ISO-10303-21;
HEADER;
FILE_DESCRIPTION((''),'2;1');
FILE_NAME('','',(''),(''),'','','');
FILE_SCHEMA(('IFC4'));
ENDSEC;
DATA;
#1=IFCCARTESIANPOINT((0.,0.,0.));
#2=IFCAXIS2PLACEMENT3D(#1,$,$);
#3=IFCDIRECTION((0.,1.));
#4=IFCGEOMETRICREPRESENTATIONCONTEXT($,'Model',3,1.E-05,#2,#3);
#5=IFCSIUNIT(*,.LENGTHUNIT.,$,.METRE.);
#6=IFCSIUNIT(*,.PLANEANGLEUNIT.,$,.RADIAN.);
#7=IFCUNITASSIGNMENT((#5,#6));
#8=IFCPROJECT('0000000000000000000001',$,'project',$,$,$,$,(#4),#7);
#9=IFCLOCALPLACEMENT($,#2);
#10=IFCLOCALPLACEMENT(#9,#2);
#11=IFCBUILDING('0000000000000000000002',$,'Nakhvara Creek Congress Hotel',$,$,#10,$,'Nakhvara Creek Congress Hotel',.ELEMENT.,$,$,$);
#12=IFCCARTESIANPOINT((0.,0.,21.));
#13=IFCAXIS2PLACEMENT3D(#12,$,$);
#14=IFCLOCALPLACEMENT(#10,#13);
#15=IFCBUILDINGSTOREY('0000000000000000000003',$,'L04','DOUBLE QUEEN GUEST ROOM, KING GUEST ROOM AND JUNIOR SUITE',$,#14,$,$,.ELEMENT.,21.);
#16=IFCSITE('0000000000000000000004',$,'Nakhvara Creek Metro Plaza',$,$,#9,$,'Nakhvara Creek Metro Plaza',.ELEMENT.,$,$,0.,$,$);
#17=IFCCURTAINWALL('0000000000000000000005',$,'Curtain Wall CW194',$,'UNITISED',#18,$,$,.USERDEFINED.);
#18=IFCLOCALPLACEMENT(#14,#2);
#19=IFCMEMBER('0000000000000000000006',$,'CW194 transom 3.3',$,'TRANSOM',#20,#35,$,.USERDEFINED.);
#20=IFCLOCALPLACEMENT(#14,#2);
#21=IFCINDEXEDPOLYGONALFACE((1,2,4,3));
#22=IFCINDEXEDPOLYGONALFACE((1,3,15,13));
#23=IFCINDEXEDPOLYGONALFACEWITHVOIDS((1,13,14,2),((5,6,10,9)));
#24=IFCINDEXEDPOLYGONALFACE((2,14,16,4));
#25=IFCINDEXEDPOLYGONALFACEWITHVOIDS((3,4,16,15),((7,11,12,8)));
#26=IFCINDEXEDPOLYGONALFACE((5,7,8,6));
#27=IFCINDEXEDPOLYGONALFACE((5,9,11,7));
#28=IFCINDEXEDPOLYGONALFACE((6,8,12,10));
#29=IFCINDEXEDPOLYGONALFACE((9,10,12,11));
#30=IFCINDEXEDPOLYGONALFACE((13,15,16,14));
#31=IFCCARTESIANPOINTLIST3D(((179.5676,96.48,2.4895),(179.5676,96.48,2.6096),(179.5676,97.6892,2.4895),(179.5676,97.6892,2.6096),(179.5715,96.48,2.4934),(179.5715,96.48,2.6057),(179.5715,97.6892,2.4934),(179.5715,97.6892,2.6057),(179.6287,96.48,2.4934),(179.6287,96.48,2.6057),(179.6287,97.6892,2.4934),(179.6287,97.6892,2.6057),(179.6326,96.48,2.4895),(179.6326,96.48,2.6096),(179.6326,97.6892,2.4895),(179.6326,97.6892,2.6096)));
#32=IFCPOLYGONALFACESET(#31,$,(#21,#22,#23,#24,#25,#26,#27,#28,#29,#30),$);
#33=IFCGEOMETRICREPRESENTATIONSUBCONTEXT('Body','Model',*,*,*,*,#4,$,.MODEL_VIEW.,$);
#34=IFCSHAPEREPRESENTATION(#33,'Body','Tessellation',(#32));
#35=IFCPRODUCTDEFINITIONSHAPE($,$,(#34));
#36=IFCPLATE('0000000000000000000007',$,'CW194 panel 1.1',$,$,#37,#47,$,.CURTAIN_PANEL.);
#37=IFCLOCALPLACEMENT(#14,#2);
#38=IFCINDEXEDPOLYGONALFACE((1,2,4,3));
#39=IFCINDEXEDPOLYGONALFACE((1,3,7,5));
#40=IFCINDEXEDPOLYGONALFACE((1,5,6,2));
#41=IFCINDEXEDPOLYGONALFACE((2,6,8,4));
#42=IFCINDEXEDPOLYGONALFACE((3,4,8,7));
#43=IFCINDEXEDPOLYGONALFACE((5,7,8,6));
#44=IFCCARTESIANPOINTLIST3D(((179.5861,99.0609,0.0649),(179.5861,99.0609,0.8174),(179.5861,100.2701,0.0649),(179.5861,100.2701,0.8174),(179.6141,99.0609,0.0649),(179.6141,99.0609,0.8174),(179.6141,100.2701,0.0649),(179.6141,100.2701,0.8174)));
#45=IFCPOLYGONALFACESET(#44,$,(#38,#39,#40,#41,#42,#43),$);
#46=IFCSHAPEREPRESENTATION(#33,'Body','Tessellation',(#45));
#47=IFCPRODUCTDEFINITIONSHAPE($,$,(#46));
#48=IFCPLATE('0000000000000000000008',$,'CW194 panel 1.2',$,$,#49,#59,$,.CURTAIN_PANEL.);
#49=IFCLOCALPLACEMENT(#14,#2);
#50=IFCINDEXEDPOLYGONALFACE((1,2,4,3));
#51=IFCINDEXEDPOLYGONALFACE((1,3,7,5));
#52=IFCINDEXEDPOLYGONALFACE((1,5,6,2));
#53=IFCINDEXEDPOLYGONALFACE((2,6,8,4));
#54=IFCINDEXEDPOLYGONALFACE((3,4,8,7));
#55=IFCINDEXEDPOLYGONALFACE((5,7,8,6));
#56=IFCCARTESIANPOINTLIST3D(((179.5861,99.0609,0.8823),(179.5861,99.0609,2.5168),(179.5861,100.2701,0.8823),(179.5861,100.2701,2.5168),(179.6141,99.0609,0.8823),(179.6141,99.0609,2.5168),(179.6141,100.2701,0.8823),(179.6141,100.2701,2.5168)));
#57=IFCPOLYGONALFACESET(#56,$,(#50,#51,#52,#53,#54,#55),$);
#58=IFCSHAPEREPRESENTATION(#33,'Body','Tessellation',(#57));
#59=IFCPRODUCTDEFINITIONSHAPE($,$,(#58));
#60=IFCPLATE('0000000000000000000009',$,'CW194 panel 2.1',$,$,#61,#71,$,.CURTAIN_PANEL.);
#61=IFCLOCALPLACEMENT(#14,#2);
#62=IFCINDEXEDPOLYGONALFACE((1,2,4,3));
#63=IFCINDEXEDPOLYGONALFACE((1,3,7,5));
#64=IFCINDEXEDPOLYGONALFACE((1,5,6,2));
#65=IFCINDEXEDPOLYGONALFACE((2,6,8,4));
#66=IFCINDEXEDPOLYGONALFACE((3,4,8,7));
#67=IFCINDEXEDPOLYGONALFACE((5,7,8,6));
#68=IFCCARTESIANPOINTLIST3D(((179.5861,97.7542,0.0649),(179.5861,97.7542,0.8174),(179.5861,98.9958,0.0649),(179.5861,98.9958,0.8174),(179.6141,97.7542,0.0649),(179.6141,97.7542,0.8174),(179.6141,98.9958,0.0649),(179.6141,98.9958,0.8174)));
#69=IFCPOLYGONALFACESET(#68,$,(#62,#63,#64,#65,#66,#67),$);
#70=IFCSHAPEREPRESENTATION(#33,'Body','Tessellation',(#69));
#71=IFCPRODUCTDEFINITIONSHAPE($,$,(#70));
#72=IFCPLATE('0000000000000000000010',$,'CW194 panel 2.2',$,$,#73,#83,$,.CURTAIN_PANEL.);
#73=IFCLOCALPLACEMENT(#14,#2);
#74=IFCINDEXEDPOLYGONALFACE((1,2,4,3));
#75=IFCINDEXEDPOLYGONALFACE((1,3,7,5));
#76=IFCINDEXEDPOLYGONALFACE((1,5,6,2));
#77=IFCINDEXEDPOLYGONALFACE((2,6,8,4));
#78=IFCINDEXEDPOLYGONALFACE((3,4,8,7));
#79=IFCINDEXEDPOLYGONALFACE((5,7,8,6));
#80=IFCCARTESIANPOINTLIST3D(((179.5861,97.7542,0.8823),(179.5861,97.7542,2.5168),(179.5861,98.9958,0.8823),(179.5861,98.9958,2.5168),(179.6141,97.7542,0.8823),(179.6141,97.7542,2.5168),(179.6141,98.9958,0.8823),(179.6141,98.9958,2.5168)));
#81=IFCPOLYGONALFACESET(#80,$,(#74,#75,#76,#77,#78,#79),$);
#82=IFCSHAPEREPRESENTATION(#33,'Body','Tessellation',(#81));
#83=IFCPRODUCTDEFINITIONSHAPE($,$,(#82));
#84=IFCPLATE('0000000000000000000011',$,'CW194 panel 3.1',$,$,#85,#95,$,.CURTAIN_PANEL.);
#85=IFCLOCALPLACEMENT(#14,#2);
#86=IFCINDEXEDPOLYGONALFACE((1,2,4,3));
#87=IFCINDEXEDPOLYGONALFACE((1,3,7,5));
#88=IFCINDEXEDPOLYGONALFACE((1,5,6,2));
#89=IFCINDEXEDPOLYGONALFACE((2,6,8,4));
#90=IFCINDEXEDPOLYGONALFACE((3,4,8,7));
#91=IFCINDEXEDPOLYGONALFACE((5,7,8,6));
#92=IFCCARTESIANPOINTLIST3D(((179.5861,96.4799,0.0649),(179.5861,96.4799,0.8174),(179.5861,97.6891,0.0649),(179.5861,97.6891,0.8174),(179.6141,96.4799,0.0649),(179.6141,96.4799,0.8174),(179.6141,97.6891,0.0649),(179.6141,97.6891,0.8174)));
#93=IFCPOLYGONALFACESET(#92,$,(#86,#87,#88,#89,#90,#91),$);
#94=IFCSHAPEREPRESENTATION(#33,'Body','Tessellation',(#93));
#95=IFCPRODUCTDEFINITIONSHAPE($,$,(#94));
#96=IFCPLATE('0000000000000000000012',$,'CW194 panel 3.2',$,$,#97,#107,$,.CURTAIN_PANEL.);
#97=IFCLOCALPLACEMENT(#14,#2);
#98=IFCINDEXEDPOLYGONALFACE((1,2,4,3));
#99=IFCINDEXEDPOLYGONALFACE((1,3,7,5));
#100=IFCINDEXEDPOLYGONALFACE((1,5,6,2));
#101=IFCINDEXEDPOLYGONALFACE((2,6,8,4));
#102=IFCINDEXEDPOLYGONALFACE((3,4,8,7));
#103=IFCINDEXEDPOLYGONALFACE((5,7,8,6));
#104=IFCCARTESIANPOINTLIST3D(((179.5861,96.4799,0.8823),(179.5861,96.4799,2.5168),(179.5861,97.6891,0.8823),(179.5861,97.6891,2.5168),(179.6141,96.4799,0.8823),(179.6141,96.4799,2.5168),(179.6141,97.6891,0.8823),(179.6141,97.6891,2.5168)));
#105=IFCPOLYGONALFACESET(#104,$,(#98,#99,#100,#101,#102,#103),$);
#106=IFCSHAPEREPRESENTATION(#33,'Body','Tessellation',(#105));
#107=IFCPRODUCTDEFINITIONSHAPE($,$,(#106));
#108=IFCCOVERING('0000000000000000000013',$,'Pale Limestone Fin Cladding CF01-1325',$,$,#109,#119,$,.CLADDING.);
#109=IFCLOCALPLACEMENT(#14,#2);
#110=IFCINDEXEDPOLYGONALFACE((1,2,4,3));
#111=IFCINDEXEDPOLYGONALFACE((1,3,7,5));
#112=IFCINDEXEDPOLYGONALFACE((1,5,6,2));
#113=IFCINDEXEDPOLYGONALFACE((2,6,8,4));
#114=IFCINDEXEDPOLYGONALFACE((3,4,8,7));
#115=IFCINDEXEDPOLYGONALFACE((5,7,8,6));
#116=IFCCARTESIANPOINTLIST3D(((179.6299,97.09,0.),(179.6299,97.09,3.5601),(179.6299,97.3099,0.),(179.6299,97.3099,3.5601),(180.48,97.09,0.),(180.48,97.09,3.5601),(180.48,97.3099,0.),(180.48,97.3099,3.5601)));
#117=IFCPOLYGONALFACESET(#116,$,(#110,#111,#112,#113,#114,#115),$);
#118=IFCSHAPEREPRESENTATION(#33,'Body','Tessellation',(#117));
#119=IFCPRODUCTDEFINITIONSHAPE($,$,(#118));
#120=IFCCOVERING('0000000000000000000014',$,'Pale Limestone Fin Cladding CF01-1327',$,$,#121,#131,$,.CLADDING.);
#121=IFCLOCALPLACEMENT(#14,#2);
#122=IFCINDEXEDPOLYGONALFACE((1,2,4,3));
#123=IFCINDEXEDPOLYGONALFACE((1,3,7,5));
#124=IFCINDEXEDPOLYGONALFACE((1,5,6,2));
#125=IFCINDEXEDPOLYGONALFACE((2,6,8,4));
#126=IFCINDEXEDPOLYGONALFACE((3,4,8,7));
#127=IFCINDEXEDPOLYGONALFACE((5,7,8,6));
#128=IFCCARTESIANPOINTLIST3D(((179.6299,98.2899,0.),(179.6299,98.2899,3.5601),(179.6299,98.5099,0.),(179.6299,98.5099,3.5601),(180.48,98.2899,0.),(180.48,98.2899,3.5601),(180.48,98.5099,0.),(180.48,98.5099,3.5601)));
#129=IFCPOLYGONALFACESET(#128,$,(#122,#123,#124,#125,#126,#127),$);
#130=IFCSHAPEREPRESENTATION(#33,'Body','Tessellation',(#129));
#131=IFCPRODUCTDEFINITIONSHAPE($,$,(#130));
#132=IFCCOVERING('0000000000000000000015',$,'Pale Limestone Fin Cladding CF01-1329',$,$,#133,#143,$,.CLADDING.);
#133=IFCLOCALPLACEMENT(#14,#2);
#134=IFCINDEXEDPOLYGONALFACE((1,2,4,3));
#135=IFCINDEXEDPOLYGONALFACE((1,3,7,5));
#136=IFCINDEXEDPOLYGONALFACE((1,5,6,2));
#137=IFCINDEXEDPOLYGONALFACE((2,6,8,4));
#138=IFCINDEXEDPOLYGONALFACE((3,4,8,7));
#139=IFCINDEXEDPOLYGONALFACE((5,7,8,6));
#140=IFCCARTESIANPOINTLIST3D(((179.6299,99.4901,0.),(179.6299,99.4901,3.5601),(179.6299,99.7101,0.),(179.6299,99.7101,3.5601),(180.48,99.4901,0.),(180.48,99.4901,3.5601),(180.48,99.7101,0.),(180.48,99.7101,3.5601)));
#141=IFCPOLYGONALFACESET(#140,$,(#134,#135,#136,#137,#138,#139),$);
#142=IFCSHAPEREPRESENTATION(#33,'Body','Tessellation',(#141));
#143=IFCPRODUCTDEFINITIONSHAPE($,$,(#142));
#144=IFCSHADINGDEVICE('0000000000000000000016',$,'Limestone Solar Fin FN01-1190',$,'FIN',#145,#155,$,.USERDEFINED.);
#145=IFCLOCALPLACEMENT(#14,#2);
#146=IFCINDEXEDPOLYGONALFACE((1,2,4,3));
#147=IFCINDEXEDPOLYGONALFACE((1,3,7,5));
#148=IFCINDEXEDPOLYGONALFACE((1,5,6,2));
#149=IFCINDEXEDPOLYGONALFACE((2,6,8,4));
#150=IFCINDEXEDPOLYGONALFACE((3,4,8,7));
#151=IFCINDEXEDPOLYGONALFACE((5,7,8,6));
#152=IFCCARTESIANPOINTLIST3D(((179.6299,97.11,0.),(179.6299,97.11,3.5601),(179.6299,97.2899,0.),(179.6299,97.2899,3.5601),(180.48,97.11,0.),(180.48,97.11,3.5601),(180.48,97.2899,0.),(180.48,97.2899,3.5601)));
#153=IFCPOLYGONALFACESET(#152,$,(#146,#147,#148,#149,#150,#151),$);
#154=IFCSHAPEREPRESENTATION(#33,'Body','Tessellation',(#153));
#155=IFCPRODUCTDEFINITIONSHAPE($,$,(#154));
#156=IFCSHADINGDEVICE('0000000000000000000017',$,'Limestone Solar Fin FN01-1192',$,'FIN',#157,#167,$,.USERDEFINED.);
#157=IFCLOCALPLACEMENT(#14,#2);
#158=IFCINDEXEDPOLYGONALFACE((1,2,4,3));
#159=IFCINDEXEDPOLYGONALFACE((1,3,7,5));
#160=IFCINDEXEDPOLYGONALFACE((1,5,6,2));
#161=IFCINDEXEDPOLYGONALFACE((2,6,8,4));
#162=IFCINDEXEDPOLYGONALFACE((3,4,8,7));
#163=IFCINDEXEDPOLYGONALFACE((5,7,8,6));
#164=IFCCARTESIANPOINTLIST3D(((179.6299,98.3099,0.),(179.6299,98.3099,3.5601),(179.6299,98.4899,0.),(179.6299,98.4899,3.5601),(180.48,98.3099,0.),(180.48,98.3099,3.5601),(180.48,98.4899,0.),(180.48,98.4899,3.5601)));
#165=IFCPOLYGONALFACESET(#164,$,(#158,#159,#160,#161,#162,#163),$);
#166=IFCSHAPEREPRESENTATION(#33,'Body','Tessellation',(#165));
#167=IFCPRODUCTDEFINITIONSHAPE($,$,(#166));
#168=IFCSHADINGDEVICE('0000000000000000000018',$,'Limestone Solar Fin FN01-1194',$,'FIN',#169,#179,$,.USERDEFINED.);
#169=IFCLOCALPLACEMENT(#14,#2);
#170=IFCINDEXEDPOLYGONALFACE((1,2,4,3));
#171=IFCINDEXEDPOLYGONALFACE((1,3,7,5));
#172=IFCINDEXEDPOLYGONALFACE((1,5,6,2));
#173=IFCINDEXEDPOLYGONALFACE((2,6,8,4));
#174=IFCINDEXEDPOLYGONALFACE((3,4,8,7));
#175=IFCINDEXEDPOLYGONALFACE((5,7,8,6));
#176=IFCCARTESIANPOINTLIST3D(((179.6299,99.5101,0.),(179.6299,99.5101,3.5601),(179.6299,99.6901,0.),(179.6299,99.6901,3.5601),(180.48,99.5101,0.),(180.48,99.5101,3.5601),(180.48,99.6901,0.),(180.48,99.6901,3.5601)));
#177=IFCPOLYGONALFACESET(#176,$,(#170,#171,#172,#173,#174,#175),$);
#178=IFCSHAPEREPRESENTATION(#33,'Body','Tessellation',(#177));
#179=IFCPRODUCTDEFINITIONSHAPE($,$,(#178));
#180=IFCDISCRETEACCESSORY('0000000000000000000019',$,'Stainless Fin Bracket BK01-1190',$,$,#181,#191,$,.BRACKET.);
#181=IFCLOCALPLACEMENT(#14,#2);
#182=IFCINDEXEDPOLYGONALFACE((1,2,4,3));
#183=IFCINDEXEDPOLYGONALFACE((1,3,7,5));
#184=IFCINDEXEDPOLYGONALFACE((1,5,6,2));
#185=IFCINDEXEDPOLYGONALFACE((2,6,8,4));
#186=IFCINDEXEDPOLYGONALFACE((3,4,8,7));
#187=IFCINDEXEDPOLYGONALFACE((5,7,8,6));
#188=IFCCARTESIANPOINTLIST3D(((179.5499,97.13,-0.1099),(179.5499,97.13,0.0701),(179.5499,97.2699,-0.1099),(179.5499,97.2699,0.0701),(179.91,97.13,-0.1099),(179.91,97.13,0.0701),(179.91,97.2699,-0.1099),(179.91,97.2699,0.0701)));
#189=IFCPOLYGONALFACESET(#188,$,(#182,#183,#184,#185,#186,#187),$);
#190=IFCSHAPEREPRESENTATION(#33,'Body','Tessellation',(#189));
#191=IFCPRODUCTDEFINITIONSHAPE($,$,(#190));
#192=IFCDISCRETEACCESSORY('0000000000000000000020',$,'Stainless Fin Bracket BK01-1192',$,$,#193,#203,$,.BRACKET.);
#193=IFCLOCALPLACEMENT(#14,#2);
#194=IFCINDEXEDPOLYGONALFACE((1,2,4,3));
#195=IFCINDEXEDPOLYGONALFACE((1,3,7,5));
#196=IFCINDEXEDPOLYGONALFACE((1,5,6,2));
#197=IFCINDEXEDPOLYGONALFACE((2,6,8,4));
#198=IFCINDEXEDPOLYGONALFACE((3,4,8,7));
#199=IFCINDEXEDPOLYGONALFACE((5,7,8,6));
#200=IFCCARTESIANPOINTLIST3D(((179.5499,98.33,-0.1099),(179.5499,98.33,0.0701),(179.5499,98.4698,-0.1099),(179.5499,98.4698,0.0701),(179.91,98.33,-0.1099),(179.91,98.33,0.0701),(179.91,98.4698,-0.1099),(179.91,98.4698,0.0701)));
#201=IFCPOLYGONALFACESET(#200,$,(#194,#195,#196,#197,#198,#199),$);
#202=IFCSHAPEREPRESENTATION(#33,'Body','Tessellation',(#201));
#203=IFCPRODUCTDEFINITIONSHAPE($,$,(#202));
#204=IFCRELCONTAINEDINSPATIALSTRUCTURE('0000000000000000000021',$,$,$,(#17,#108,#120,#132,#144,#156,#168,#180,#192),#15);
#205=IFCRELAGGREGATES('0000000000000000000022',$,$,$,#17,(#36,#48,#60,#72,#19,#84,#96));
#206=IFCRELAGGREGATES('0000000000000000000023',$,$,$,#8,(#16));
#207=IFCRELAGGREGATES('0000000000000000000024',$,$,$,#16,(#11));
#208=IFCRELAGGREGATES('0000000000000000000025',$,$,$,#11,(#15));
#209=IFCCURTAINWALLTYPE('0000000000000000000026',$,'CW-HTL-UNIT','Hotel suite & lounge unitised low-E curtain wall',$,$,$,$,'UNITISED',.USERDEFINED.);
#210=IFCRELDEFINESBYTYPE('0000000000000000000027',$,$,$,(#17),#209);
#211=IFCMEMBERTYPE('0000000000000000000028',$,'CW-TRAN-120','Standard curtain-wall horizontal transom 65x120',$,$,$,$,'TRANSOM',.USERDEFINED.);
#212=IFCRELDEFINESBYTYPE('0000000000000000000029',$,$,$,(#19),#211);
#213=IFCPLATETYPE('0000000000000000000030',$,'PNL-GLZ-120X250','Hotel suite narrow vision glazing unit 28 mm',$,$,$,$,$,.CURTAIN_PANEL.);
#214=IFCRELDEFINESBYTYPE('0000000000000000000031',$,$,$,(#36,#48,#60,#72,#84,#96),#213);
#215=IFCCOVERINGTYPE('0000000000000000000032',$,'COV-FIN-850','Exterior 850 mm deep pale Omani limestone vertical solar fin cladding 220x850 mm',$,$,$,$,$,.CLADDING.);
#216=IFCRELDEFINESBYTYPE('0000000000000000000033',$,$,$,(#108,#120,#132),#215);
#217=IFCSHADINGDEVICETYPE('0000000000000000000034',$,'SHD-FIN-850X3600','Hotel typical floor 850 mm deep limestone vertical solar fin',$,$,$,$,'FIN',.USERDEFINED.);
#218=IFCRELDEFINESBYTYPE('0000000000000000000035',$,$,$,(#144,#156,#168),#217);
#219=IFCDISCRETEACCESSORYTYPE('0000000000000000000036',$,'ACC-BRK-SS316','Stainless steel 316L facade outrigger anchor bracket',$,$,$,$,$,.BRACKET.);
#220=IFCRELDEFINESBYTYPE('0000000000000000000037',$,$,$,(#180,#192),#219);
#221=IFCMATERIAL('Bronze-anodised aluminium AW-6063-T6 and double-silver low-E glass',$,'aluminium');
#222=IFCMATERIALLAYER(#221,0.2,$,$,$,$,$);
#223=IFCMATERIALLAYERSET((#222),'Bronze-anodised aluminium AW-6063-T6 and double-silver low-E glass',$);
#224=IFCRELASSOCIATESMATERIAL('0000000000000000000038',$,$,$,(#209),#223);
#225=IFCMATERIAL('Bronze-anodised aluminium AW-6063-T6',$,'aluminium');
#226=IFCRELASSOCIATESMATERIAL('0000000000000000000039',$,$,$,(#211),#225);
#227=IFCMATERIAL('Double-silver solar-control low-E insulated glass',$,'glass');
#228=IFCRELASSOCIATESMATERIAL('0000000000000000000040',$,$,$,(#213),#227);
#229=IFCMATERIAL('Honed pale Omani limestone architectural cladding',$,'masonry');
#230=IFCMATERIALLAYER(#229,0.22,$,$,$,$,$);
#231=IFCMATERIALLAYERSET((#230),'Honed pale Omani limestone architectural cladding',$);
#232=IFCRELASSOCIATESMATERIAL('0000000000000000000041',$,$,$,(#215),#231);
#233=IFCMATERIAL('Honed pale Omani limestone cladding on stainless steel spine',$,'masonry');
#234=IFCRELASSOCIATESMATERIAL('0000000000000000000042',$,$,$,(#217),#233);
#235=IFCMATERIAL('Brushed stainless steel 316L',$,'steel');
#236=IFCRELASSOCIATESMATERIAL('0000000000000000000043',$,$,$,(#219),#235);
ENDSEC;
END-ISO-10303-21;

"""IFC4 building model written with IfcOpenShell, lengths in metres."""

from ifc_helpers import new_model, si_unit, direction, frame, origin, origin_2d, place, context, subcontext, project, spatial, rectangle, hollow_rectangle, extrude, material, layer, layer_set, material_profile, profile_set, type_object, element, aggregate, save


model = new_model("IFC4")

# Units and contexts
model_context = context("Model", 3, precision=1e-05, world=origin(), true_north=direction((0.0, 1.0)))
body_context = subcontext(model_context, "Body", "Model", "MODEL_VIEW")
ifc_project = project(units=[si_unit("LENGTHUNIT", "METRE"), si_unit("PLANEANGLEUNIT", "RADIAN")], contexts=[model_context])

# Site, building, storey
site_placement = place(None, origin())
site = spatial("IfcSite", under=ifc_project, at=site_placement, Name="Nakhvara Creek Metro Plaza", LongName="Nakhvara Creek Metro Plaza", CompositionType="ELEMENT", RefElevation=0.0)
building_placement = place(site_placement, origin())
building = spatial("IfcBuilding", under=site, at=building_placement, Name="Nakhvara Creek Congress Hotel", LongName="Nakhvara Creek Congress Hotel", CompositionType="ELEMENT")
storey_placement = place(building_placement, frame((0.0, 0.0, 21.0)))
storey = spatial("IfcBuildingStorey", under=building, at=storey_placement, Name="L04", Description="DOUBLE QUEEN GUEST ROOM, KING GUEST ROOM AND JUNIOR SUITE", CompositionType="ELEMENT", Elevation=21.0)

# Curtain wall, member, plates
ifc_material_1 = material(Name="Bronze-anodised aluminium AW-6063-T6 and double-silver low-E glass", Category="aluminium")
ifc_layer_1 = layer(ifc_material_1, 0.2)
ifc_layer_set_1 = layer_set([ifc_layer_1], Name="Bronze-anodised aluminium AW-6063-T6 and double-silver low-E glass")
curtain_wall_type = type_object("IfcCurtainWallType", Name="CW-HTL-UNIT", Description="Hotel suite & lounge unitised low-E curtain wall", ElementType="UNITISED", PredefinedType="USERDEFINED", material=ifc_layer_set_1)
curtain_wall_placement = place(storey_placement, origin())
curtain_wall = element("IfcCurtainWall", 1, at=curtain_wall_placement, inside=storey, type_object=curtain_wall_type, Name="Curtain Wall CW194", ObjectType="UNITISED", PredefinedType="USERDEFINED")
ifc_material_2 = material(Name="Bronze-anodised aluminium AW-6063-T6", Category="aluminium")
ifc_material_profile_1 = material_profile(ifc_material_2, hollow_rectangle(XDim=0.0649, YDim=0.1201, WallThickness=0.0039, at=origin_2d()), Name="ALU-TRAN 65x120x4", Category="LoadBearing")
ifc_profile_set_1 = profile_set([ifc_material_profile_1], Name="Bronze-anodised aluminium AW-6063-T6")
member_type_1 = type_object("IfcMemberType", Name="CW-TRAN-120", Description="Standard curtain-wall horizontal transom 65x120", ElementType="TRANSOM", PredefinedType="USERDEFINED", material=ifc_profile_set_1)
member_1_placement = place(storey_placement, frame((179.6001, 97.6892, 2.5496), z_axis=(0.0, -1.0, 0.0), x_axis=(1.0, 0.0, 0.0)))
member_1 = element("IfcMember", 2, at=member_1_placement, type_object=member_type_1, Name="CW194 transom 3.3", ObjectType="TRANSOM", PredefinedType="USERDEFINED", context=body_context, shape_type="SweptSolid", body=[
    extrude(hollow_rectangle(XDim=0.0649, YDim=0.1201, WallThickness=0.0039, at=origin_2d()), origin(), (0.0, 0.0, 1.0), 1.2092),
])
ifc_material_3 = material(Name="Double-silver solar-control low-E insulated glass", Category="glass")
plate_type = type_object("IfcPlateType", Name="PNL-GLZ-120X250", Description="Hotel suite narrow vision glazing unit 28 mm", PredefinedType="CURTAIN_PANEL", material=ifc_material_3)
plate_1_placement = place(storey_placement, frame((179.6001, 99.6655, 0.0649), z_axis=(0.0, 0.0, 1.0), x_axis=(0.0, -1.0, 0.0)))
plate_1 = element("IfcPlate", 3, at=plate_1_placement, type_object=plate_type, Name="CW194 panel 1.1", PredefinedType="CURTAIN_PANEL", context=body_context, shape_type="SweptSolid", body=[
    extrude(rectangle(XDim=1.2092, YDim=0.0281, at=origin_2d()), origin(), (0.0, 0.0, 1.0), 0.7524),
])
plate_2_placement = place(storey_placement, frame((179.6001, 99.6655, 0.8823), z_axis=(0.0, 0.0, 1.0), x_axis=(0.0, -1.0, 0.0)))
plate_2 = element("IfcPlate", 4, at=plate_2_placement, type_object=plate_type, Name="CW194 panel 1.2", PredefinedType="CURTAIN_PANEL", context=body_context, shape_type="SweptSolid", body=[
    extrude(rectangle(XDim=1.2092, YDim=0.0281, at=origin_2d()), origin(), (0.0, 0.0, 1.0), 1.6345),
])
plate_3_placement = place(storey_placement, frame((179.6001, 98.375, 0.0649), z_axis=(0.0, 0.0, 1.0), x_axis=(0.0, -1.0, 0.0)))
plate_3 = element("IfcPlate", 5, at=plate_3_placement, type_object=plate_type, Name="CW194 panel 2.1", PredefinedType="CURTAIN_PANEL", context=body_context, shape_type="SweptSolid", body=[
    extrude(rectangle(XDim=1.2417, YDim=0.0281, at=origin_2d()), origin(), (0.0, 0.0, 1.0), 0.7524),
])
plate_4_placement = place(storey_placement, frame((179.6001, 98.375, 0.8823), z_axis=(0.0, 0.0, 1.0), x_axis=(0.0, -1.0, 0.0)))
plate_4 = element("IfcPlate", 6, at=plate_4_placement, type_object=plate_type, Name="CW194 panel 2.2", PredefinedType="CURTAIN_PANEL", context=body_context, shape_type="SweptSolid", body=[
    extrude(rectangle(XDim=1.2417, YDim=0.0281, at=origin_2d()), origin(), (0.0, 0.0, 1.0), 1.6345),
])
plate_5_placement = place(storey_placement, frame((179.6001, 97.0845, 0.0649), z_axis=(0.0, 0.0, 1.0), x_axis=(0.0, -1.0, 0.0)))
plate_5 = element("IfcPlate", 7, at=plate_5_placement, type_object=plate_type, Name="CW194 panel 3.1", PredefinedType="CURTAIN_PANEL", context=body_context, shape_type="SweptSolid", body=[
    extrude(rectangle(XDim=1.2092, YDim=0.0281, at=origin_2d()), origin(), (0.0, 0.0, 1.0), 0.7524),
])
plate_6_placement = place(storey_placement, frame((179.6001, 97.0845, 0.8823), z_axis=(0.0, 0.0, 1.0), x_axis=(0.0, -1.0, 0.0)))
plate_6 = element("IfcPlate", 8, at=plate_6_placement, type_object=plate_type, Name="CW194 panel 3.2", PredefinedType="CURTAIN_PANEL", context=body_context, shape_type="SweptSolid", body=[
    extrude(rectangle(XDim=1.2092, YDim=0.0281, at=origin_2d()), origin(), (0.0, 0.0, 1.0), 1.6345),
])
aggregate(curtain_wall, [plate_1, plate_2, plate_3, plate_4, member_1, plate_5, plate_6])

# Coverings
ifc_material_4 = material(Name="Honed pale Omani limestone architectural cladding", Category="masonry")
ifc_layer_2 = layer(ifc_material_4, 0.22)
ifc_layer_set_2 = layer_set([ifc_layer_2], Name="Honed pale Omani limestone architectural cladding")
covering_type = type_object("IfcCoveringType", Name="COV-FIN-850", Description="Exterior 850 mm deep pale Omani limestone vertical solar fin cladding 220x850 mm", PredefinedType="CLADDING", material=ifc_layer_set_2)
for number, where, z_axis, x_axis, name in (
    (9, (180.0549, 97.2, 0.0), (0.0, 0.0, 1.0), (0.0, 1.0, 0.0), "Pale Limestone Fin Cladding CF01-1325"),
    (10, (180.0549, 98.3999, 0.0), (0.0, 0.0, 1.0), (0.0, 1.0, 0.0), "Pale Limestone Fin Cladding CF01-1327"),
    (11, (180.0549, 99.6001, 0.0), (0.0, 0.0, 1.0), (0.0, 1.0, 0.0), "Pale Limestone Fin Cladding CF01-1329"),
):
    element("IfcCovering", number, at=place(storey_placement, frame(where, z_axis=z_axis, x_axis=x_axis)), inside=storey, type_object=covering_type, Name=name, PredefinedType="CLADDING", context=body_context, shape_type="SweptSolid", body=[
        extrude(rectangle(XDim=0.22, YDim=0.8501, at=origin_2d()), origin(), (0.0, 0.0, 1.0), 3.5601),
    ])

# Shading devices
ifc_material_5 = material(Name="Honed pale Omani limestone cladding on stainless steel spine", Category="masonry")
shading_device_type = type_object("IfcShadingDeviceType", Name="SHD-FIN-850X3600", Description="Hotel typical floor 850 mm deep limestone vertical solar fin", ElementType="FIN", PredefinedType="USERDEFINED", material=ifc_material_5)
for number, where, z_axis, x_axis, name in (
    (12, (180.0549, 97.2, 0.0), (0.0, 0.0, 1.0), (0.0, 1.0, 0.0), "Limestone Solar Fin FN01-1190"),
    (13, (180.0549, 98.3999, 0.0), (0.0, 0.0, 1.0), (0.0, 1.0, 0.0), "Limestone Solar Fin FN01-1192"),
    (14, (180.0549, 99.6001, 0.0), (0.0, 0.0, 1.0), (0.0, 1.0, 0.0), "Limestone Solar Fin FN01-1194"),
):
    element("IfcShadingDevice", number, at=place(storey_placement, frame(where, z_axis=z_axis, x_axis=x_axis)), inside=storey, type_object=shading_device_type, Name=name, ObjectType="FIN", PredefinedType="USERDEFINED", context=body_context, shape_type="SweptSolid", body=[
        extrude(rectangle(XDim=0.1799, YDim=0.8501, at=origin_2d()), origin(), (0.0, 0.0, 1.0), 3.5601),
    ])

# Discrete accessories
ifc_material_6 = material(Name="Brushed stainless steel 316L", Category="steel")
discrete_accessory_type = type_object("IfcDiscreteAccessoryType", Name="ACC-BRK-SS316", Description="Stainless steel 316L facade outrigger anchor bracket", PredefinedType="BRACKET", material=ifc_material_6)
for number, where, z_axis, x_axis, name in (
    (15, (179.73, 97.2, -0.1099), (0.0, 0.0, 1.0), (0.0, 1.0, 0.0), "Stainless Fin Bracket BK01-1190"),
    (16, (179.73, 98.3999, -0.1099), (0.0, 0.0, 1.0), (0.0, 1.0, 0.0), "Stainless Fin Bracket BK01-1192"),
):
    element("IfcDiscreteAccessory", number, at=place(storey_placement, frame(where, z_axis=z_axis, x_axis=x_axis)), inside=storey, type_object=discrete_accessory_type, Name=name, PredefinedType="BRACKET", context=body_context, shape_type="SweptSolid", body=[
        extrude(rectangle(XDim=0.1399, YDim=0.3601, at=origin_2d()), origin(), (0.0, 0.0, 1.0), 0.1799),
    ])

save(model, "model.ifc")
